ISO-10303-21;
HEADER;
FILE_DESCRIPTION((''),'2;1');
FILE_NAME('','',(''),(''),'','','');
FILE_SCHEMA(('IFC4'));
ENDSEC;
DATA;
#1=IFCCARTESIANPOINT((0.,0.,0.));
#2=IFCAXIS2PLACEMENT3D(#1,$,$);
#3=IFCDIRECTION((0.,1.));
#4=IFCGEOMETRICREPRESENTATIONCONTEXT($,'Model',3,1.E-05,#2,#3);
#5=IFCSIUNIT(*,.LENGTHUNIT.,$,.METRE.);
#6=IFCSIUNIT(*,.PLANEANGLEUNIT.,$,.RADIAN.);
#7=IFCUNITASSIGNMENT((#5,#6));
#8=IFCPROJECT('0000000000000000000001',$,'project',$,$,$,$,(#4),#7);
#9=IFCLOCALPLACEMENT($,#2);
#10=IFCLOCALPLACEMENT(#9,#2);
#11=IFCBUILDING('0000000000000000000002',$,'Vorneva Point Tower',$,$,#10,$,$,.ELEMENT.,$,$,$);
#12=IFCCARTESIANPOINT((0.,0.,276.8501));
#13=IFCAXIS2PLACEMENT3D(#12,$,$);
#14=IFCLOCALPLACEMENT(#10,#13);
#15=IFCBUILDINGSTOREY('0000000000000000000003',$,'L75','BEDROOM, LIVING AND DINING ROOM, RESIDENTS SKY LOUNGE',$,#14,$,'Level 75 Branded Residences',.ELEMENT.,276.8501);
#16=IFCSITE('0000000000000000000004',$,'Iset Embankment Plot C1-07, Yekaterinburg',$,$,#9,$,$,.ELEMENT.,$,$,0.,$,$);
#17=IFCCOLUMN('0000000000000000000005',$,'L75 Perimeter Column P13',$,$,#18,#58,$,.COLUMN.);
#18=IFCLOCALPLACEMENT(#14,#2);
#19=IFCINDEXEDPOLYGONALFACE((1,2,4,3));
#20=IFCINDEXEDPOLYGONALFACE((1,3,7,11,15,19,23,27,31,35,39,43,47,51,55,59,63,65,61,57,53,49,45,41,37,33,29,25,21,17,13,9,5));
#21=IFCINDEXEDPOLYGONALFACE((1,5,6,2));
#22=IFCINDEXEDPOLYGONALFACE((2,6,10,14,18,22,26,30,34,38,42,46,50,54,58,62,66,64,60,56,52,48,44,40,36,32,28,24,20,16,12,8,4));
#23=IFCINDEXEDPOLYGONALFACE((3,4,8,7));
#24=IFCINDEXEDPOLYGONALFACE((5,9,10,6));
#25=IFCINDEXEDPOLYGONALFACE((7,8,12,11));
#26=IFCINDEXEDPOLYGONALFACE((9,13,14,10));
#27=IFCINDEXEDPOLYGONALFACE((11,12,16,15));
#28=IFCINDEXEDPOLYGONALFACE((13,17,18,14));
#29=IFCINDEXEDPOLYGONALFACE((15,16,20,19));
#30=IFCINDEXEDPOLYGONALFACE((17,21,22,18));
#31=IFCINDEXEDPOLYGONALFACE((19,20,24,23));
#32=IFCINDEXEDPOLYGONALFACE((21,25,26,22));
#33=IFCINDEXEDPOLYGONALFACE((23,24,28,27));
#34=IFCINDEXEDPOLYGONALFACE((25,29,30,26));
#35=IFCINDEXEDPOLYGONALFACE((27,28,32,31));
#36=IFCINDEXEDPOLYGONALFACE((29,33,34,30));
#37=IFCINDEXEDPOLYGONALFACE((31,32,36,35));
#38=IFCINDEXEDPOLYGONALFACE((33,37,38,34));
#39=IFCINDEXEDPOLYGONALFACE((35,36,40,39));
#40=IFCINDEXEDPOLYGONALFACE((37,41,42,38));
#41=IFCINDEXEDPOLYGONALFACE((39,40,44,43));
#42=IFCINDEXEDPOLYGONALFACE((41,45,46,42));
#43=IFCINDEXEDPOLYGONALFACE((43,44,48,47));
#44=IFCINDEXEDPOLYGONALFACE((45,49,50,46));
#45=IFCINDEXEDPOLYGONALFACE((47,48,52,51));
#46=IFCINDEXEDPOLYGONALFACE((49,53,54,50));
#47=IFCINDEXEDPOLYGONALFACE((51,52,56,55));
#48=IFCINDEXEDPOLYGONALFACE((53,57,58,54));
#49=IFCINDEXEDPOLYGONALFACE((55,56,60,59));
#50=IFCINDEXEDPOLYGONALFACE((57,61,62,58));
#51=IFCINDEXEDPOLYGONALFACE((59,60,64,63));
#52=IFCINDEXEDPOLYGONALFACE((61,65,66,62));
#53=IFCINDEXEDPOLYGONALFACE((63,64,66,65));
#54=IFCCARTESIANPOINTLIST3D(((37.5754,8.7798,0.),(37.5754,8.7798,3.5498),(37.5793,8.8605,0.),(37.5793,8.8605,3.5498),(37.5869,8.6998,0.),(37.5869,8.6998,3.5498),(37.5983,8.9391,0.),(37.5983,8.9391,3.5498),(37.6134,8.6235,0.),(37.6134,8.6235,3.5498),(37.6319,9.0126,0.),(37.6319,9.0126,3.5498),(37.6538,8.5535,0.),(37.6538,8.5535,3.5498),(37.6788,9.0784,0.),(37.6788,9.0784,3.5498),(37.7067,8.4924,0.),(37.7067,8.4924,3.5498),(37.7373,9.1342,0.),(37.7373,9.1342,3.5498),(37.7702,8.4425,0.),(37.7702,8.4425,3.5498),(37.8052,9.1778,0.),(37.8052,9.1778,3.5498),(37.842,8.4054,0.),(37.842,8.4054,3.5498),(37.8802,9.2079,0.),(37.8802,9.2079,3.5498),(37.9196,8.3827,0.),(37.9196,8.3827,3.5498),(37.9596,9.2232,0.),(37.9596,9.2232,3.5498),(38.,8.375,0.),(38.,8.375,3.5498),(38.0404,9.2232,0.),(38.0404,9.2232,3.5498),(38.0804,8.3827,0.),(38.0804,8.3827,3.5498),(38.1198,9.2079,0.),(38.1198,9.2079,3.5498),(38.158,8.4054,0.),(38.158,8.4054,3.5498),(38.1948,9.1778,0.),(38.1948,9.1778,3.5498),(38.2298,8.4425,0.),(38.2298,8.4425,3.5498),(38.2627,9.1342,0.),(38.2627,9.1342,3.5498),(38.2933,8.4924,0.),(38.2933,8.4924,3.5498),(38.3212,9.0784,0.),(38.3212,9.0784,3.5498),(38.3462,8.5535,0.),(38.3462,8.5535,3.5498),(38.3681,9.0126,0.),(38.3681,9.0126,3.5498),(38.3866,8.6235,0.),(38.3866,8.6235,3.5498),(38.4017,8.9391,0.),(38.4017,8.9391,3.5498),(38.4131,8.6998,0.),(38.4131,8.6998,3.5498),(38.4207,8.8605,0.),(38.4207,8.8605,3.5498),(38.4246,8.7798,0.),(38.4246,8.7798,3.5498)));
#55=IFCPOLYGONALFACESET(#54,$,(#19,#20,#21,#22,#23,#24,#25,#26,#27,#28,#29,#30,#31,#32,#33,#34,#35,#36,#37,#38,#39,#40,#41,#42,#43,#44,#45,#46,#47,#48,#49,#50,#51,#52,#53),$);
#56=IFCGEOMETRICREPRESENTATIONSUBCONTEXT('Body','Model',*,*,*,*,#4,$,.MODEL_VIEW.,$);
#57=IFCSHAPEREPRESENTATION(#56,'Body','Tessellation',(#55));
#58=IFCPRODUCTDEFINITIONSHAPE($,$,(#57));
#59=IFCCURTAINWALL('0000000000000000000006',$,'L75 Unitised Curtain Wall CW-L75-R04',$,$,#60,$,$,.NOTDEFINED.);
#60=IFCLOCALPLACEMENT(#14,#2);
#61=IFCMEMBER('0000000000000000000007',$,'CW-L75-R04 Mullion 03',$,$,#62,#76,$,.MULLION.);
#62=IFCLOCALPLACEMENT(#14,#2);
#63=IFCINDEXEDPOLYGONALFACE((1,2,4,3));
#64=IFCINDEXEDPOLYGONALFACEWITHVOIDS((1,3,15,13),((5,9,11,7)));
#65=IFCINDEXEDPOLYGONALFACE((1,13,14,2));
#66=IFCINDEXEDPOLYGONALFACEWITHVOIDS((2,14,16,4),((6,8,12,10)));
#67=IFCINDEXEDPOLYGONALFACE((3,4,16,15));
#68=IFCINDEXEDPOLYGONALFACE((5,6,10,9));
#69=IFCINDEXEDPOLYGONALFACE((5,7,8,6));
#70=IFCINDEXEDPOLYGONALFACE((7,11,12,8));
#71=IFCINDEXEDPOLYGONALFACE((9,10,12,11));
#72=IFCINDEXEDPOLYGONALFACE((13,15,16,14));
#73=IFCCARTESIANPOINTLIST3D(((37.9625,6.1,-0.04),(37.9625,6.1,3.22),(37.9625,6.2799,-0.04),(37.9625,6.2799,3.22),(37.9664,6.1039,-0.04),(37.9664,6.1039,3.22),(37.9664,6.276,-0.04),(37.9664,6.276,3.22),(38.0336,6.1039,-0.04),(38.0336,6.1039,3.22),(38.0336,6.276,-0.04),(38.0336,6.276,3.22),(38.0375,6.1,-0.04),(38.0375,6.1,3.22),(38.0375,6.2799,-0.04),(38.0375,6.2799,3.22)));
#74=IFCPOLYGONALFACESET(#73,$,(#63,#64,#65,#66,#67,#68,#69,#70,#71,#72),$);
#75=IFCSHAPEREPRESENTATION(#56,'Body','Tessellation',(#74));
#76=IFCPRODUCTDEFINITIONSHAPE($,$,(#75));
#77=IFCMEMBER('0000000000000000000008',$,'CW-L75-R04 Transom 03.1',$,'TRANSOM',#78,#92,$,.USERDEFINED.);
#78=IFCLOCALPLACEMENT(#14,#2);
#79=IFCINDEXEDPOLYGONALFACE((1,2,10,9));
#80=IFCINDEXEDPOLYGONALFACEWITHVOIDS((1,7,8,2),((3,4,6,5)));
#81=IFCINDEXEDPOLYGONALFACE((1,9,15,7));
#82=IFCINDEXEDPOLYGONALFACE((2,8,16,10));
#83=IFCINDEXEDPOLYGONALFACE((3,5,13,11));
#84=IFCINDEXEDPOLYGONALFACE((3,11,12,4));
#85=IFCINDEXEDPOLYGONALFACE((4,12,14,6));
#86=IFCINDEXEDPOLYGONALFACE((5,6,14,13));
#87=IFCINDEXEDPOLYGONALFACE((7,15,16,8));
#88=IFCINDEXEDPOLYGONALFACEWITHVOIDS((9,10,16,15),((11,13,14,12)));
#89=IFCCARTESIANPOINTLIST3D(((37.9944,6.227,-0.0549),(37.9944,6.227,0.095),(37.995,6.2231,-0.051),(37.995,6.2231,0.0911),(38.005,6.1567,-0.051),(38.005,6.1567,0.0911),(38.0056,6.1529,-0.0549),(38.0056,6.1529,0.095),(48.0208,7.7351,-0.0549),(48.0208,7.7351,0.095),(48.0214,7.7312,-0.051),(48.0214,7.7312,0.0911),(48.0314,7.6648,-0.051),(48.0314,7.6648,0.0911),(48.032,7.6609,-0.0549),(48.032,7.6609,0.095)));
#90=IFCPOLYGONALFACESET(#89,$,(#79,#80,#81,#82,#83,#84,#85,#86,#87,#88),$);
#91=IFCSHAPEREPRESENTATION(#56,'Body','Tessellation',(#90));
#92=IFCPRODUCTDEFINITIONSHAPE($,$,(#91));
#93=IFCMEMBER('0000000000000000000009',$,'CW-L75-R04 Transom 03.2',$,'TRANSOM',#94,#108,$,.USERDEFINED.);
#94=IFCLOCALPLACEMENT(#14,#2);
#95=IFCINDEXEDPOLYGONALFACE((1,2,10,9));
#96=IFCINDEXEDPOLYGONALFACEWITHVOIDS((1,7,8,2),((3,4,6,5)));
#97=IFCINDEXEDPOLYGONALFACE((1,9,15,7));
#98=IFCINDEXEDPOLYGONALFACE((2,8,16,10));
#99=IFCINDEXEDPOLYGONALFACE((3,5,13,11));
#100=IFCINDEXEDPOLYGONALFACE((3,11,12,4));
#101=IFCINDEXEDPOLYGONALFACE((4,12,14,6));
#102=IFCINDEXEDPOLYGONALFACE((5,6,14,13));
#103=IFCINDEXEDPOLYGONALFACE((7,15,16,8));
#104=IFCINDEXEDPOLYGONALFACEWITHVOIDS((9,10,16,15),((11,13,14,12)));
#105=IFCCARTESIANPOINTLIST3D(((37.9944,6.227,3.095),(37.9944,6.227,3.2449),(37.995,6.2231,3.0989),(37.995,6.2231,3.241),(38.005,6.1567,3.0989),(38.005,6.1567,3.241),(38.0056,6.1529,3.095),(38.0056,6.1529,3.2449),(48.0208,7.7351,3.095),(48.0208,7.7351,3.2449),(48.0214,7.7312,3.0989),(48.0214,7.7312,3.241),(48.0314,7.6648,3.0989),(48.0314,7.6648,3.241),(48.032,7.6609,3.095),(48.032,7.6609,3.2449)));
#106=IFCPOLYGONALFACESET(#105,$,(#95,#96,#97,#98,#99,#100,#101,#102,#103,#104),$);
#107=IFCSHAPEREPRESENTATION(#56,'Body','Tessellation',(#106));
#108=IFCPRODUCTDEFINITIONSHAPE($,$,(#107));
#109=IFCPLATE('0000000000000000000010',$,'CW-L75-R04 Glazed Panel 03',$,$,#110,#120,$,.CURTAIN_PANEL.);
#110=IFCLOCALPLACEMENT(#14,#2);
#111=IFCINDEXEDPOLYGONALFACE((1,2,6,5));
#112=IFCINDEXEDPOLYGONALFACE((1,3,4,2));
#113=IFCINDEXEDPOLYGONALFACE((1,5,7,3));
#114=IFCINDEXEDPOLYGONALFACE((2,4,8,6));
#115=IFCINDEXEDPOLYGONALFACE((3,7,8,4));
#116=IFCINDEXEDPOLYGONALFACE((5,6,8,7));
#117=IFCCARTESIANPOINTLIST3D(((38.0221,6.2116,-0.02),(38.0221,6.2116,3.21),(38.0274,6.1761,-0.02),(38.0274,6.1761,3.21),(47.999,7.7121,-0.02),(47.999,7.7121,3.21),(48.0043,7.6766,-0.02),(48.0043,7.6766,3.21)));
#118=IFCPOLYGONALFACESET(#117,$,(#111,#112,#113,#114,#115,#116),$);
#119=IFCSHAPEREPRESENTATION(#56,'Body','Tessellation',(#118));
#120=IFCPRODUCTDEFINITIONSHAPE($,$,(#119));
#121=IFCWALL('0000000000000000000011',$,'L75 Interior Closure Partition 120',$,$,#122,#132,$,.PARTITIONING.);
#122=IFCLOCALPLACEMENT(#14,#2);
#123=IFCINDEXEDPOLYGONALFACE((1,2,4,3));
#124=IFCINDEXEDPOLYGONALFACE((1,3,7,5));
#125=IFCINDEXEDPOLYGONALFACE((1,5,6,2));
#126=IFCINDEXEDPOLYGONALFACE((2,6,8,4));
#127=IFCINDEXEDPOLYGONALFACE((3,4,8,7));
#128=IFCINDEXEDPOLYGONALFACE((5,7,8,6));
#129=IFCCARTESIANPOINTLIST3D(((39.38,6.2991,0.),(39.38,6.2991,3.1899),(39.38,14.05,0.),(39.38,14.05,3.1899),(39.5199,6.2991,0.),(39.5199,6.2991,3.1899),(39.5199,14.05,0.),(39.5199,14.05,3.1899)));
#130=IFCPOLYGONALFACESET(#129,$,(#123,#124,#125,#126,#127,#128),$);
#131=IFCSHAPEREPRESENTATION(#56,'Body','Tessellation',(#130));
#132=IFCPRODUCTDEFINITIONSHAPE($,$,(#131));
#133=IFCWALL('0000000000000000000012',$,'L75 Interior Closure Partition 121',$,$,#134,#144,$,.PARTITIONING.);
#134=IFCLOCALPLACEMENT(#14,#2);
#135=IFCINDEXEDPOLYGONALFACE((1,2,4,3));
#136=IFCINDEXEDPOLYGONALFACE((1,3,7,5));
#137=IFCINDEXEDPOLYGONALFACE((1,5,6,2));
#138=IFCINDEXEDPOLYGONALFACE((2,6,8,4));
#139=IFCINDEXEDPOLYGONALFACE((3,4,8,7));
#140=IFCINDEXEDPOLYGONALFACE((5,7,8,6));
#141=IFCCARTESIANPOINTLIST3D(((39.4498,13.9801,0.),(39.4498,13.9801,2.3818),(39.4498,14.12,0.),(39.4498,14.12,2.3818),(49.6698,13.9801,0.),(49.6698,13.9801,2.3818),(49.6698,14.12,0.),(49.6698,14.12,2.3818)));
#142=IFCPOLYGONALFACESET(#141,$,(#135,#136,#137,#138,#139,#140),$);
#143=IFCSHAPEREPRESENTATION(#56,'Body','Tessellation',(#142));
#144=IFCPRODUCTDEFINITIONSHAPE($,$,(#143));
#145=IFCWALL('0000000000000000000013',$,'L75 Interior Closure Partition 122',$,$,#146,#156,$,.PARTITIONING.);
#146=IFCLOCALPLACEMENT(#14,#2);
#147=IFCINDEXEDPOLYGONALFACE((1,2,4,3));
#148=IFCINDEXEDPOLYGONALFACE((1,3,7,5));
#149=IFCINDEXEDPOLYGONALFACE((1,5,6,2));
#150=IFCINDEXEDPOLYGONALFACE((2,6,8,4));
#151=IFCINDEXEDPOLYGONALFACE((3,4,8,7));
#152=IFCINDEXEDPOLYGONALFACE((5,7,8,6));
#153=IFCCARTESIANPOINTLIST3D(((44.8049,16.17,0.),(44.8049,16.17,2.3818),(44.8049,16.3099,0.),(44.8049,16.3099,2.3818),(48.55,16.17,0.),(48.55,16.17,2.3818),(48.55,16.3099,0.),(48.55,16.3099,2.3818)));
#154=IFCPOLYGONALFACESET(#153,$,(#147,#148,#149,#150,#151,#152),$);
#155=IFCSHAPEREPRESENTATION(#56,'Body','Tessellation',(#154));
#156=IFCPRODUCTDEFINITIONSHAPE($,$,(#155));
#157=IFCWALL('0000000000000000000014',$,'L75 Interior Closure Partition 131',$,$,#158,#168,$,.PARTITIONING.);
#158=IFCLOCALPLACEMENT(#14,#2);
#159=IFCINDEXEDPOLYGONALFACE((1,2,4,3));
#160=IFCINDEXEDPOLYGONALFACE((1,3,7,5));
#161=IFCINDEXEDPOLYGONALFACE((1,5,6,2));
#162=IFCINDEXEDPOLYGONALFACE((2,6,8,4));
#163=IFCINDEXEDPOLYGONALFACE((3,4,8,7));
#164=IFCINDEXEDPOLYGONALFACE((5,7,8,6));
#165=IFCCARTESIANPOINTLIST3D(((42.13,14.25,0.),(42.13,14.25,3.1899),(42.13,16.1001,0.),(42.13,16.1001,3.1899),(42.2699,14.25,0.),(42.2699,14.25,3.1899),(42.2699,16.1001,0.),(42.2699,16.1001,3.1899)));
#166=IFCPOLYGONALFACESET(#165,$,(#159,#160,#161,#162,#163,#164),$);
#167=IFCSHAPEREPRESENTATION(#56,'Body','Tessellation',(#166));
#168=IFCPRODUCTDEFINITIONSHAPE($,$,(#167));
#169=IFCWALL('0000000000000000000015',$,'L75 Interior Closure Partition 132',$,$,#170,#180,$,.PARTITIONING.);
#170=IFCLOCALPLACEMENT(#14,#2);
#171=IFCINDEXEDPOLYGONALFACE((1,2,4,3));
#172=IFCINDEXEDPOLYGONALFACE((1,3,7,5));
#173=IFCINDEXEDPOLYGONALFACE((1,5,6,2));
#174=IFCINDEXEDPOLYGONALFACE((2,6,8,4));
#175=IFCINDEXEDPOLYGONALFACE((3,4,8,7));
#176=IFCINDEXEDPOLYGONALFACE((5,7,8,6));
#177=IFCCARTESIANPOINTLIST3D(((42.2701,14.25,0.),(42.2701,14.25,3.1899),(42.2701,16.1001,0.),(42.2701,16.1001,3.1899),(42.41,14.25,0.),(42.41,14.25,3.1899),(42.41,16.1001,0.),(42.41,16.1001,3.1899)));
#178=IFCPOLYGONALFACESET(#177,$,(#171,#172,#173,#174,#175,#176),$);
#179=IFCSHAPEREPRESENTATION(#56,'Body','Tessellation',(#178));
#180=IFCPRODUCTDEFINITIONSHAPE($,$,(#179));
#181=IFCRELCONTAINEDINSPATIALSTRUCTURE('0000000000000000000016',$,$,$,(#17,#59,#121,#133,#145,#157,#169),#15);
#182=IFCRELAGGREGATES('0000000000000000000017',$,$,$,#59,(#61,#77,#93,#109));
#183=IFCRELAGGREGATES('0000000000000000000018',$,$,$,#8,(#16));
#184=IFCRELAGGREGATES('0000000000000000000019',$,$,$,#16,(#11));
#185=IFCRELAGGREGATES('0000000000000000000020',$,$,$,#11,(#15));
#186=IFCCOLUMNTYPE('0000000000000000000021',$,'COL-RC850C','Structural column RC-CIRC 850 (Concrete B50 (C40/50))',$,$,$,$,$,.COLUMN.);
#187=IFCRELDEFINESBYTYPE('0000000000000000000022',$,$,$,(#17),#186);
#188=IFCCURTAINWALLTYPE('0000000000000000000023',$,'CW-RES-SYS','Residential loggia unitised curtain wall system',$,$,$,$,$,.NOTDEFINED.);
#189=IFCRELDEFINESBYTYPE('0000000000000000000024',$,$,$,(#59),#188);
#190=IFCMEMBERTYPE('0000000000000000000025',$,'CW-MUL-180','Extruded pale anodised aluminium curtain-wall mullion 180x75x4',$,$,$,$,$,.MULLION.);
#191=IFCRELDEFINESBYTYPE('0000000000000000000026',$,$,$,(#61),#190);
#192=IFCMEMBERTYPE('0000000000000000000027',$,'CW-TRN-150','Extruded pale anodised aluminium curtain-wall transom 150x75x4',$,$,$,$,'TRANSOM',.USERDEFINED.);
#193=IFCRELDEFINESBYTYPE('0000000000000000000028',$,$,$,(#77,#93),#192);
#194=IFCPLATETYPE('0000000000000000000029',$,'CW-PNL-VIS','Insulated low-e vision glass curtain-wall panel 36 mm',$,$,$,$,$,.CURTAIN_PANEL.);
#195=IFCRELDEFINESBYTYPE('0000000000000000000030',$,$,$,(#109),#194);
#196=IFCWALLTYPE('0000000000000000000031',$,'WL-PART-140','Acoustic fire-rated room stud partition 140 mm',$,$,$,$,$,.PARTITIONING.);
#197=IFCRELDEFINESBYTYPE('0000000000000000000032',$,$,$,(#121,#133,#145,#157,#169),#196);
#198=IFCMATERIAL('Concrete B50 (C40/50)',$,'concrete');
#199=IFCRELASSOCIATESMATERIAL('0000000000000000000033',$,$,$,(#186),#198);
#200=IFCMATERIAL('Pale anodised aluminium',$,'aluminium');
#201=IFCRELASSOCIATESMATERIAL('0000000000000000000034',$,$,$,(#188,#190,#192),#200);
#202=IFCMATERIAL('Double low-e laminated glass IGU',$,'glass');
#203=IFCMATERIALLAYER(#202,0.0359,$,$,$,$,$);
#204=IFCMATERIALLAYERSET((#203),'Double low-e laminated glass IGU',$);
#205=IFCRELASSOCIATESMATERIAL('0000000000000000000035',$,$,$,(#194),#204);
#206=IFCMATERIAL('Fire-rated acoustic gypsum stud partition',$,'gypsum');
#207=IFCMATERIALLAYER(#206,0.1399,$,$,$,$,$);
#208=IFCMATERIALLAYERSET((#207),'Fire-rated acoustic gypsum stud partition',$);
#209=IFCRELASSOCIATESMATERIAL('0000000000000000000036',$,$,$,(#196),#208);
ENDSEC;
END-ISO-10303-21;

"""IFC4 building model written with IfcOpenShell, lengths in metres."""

from ifc_helpers import new_model, si_unit, direction, frame, frame_2d, origin, origin_2d, place, context, subcontext, project, spatial, rectangle, hollow_rectangle, circle, extrude, material, layer, layer_set, material_profile, profile_set, type_object, element, aggregate, save


model = new_model("IFC4")

# Units and contexts
model_context = context("Model", 3, precision=1e-05, world=origin(), true_north=direction((0.0, 1.0)))
body_context = subcontext(model_context, "Body", "Model", "MODEL_VIEW")
ifc_project = project(units=[si_unit("LENGTHUNIT", "METRE"), si_unit("PLANEANGLEUNIT", "RADIAN")], contexts=[model_context])

# Site, building, storey
site_placement = place(None, origin())
site = spatial("IfcSite", under=ifc_project, at=site_placement, Name="Iset Embankment Plot C1-07, Yekaterinburg", CompositionType="ELEMENT", RefElevation=0.0)
building_placement = place(site_placement, origin())
building = spatial("IfcBuilding", under=site, at=building_placement, Name="Vorneva Point Tower", CompositionType="ELEMENT")
storey_placement = place(building_placement, frame((0.0, 0.0, 276.8501)))
storey = spatial("IfcBuildingStorey", under=building, at=storey_placement, Name="L75", Description="BEDROOM, LIVING AND DINING ROOM, RESIDENTS SKY LOUNGE", LongName="Level 75 Branded Residences", CompositionType="ELEMENT", Elevation=276.8501)

# Column
ifc_material_1 = material(Name="Concrete B50 (C40/50)", Category="concrete")
ifc_material_profile_1 = material_profile(ifc_material_1, circle(Radius=0.425, at=origin_2d()), Name="RC-CIRC 850")
ifc_profile_set_1 = profile_set([ifc_material_profile_1], Name="Concrete B50 (C40/50)")
column_type = type_object("IfcColumnType", Name="COL-RC850C", Description="Structural column RC-CIRC 850 (Concrete B50 (C40/50))", PredefinedType="COLUMN", material=ifc_profile_set_1)
for number, where, z_axis, x_axis, name in (
    (1, (38.0, 8.8, 0.0), (0.0, 0.0, 1.0), (0.0, -1.0, 0.0), "L75 Perimeter Column P13"),
):
    element("IfcColumn", number, at=place(storey_placement, frame(where, z_axis=z_axis, x_axis=x_axis)), inside=storey, type_object=column_type, Name=name, PredefinedType="COLUMN", context=body_context, shape_type="SweptSolid", body=[
        extrude(circle(Radius=0.425, at=origin_2d()), origin(), (0.0, 0.0, 1.0), 3.5498),
    ])

# Curtain wall, members, plate
ifc_material_2 = material(Name="Pale anodised aluminium", Category="aluminium")
curtain_wall_type = type_object("IfcCurtainWallType", Name="CW-RES-SYS", Description="Residential loggia unitised curtain wall system", PredefinedType="NOTDEFINED", material=ifc_material_2)
curtain_wall_placement = place(storey_placement, origin())
curtain_wall = element("IfcCurtainWall", 2, at=curtain_wall_placement, inside=storey, type_object=curtain_wall_type, Name="L75 Unitised Curtain Wall CW-L75-R04", PredefinedType="NOTDEFINED")
ifc_material_profile_2 = material_profile(ifc_material_2, hollow_rectangle(XDim=0.075, YDim=0.1799, WallThickness=0.0039, at=origin_2d()), Name="AL-MUL 180x75x4")
ifc_profile_set_2 = profile_set([ifc_material_profile_2], Name="Pale anodised aluminium")
member_type_1 = type_object("IfcMemberType", Name="CW-MUL-180", Description="Extruded pale anodised aluminium curtain-wall mullion 180x75x4", PredefinedType="MULLION", material=ifc_profile_set_2)
member_1_placement = place(storey_placement, frame((38.0, 6.1899, -0.04), z_axis=(0.0, 0.0, 1.0), x_axis=(1.0, 0.0, 0.0)))
member_1 = element("IfcMember", 3, at=member_1_placement, type_object=member_type_1, Name="CW-L75-R04 Mullion 03", PredefinedType="MULLION", context=body_context, shape_type="SweptSolid", body=[
    extrude(hollow_rectangle(XDim=0.075, YDim=0.1799, WallThickness=0.0039, at=origin_2d()), origin(), (0.0, 0.0, 1.0), 3.26),
])
ifc_material_profile_3 = material_profile(ifc_material_2, hollow_rectangle(XDim=0.075, YDim=0.1499, WallThickness=0.0039, at=origin_2d()), Name="AL-TRN 150x75x4")
ifc_profile_set_3 = profile_set([ifc_material_profile_3], Name="Pale anodised aluminium")
member_type_2 = type_object("IfcMemberType", Name="CW-TRN-150", Description="Extruded pale anodised aluminium curtain-wall transom 150x75x4", ElementType="TRANSOM", PredefinedType="USERDEFINED", material=ifc_profile_set_3)
member_2_placement = place(storey_placement, frame((38.0, 6.1899, 0.02), z_axis=(0.988877, 0.148736, 0.0), x_axis=(-0.148736, 0.988877, 0.0)))
member_2 = element("IfcMember", 4, at=member_2_placement, type_object=member_type_2, Name="CW-L75-R04 Transom 03.1", ObjectType="TRANSOM", PredefinedType="USERDEFINED", context=body_context, shape_type="SweptSolid", body=[
    extrude(hollow_rectangle(XDim=0.075, YDim=0.1499, WallThickness=0.0039, at=origin_2d()), origin(), (0.0, 0.0, 1.0), 10.1392),
])
member_3_placement = place(storey_placement, frame((38.0, 6.1899, 3.1699), z_axis=(0.988877, 0.148736, 0.0), x_axis=(-0.148736, 0.988877, 0.0)))
member_3 = element("IfcMember", 5, at=member_3_placement, type_object=member_type_2, Name="CW-L75-R04 Transom 03.2", ObjectType="TRANSOM", PredefinedType="USERDEFINED", context=body_context, shape_type="SweptSolid", body=[
    extrude(hollow_rectangle(XDim=0.075, YDim=0.1499, WallThickness=0.0039, at=origin_2d()), origin(), (0.0, 0.0, 1.0), 10.1392),
])
ifc_material_3 = material(Name="Double low-e laminated glass IGU", Category="glass")
ifc_layer_1 = layer(ifc_material_3, 0.0359)
ifc_layer_set_1 = layer_set([ifc_layer_1], Name="Double low-e laminated glass IGU")
plate_type = type_object("IfcPlateType", Name="CW-PNL-VIS", Description="Insulated low-e vision glass curtain-wall panel 36 mm", PredefinedType="CURTAIN_PANEL", material=ifc_layer_set_1)
plate_placement = place(storey_placement, frame((43.0132, 6.9441, -0.02), z_axis=(0.0, 0.0, 1.0), x_axis=(0.988879, 0.148724, 0.0)))
plate = element("IfcPlate", 6, at=plate_placement, type_object=plate_type, Name="CW-L75-R04 Glazed Panel 03", PredefinedType="CURTAIN_PANEL", context=body_context, shape_type="SweptSolid", body=[
    extrude(rectangle(XDim=10.0891, YDim=0.0359, at=origin_2d()), origin(), (0.0, 0.0, 1.0), 3.23),
])
aggregate(curtain_wall, [member_1, member_2, member_3, plate])

# Walls
ifc_material_4 = material(Name="Fire-rated acoustic gypsum stud partition", Category="gypsum")
ifc_layer_2 = layer(ifc_material_4, 0.1399)
ifc_layer_set_2 = layer_set([ifc_layer_2], Name="Fire-rated acoustic gypsum stud partition")
wall_type_1 = type_object("IfcWallType", Name="WL-PART-140", Description="Acoustic fire-rated room stud partition 140 mm", PredefinedType="PARTITIONING", material=ifc_layer_set_2)
wall_1_placement = place(storey_placement, frame((39.45, 6.2991, 0.0), z_axis=(0.0, 0.0, 1.0), x_axis=(0.0, 1.0, 0.0)))
element("IfcWall", 7, at=wall_1_placement, inside=storey, type_object=wall_type_1, Name="L75 Interior Closure Partition 120", PredefinedType="PARTITIONING", context=body_context, shape_type="SweptSolid", body=[
    extrude(rectangle(XDim=7.751, YDim=0.1399, at=frame_2d((3.8755, 0.0))), origin(), (0.0, 0.0, 1.0), 3.1899),
])
wall_2_placement = place(storey_placement, frame((39.45, 14.05, 0.0), z_axis=(0.0, 0.0, 1.0), x_axis=(1.0, 0.0, 0.0)))
element("IfcWall", 8, at=wall_2_placement, inside=storey, type_object=wall_type_1, Name="L75 Interior Closure Partition 121", PredefinedType="PARTITIONING", context=body_context, shape_type="SweptSolid", body=[
    extrude(rectangle(XDim=10.22, YDim=0.1399, at=frame_2d((5.1099, 0.0))), origin(), (0.0, 0.0, 1.0), 2.3818),
])
wall_3_placement = place(storey_placement, frame((44.8049, 16.24, 0.0), z_axis=(0.0, 0.0, 1.0), x_axis=(1.0, 0.0, 0.0)))
element("IfcWall", 9, at=wall_3_placement, inside=storey, type_object=wall_type_1, Name="L75 Interior Closure Partition 122", PredefinedType="PARTITIONING", context=body_context, shape_type="SweptSolid", body=[
    extrude(rectangle(XDim=3.7451, YDim=0.1399, at=frame_2d((1.8726, 0.0))), origin(), (0.0, 0.0, 1.0), 2.3818),
])
for number, where, z_axis, x_axis, name in (
    (10, (42.2, 16.1001, 0.0), (0.0, 0.0, 1.0), (0.0, -1.0, 0.0), "L75 Interior Closure Partition 131"),
    (11, (42.3401, 14.25, 0.0), (0.0, 0.0, 1.0), (0.0, 1.0, 0.0), "L75 Interior Closure Partition 132"),
):
    element("IfcWall", number, at=place(storey_placement, frame(where, z_axis=z_axis, x_axis=x_axis)), inside=storey, type_object=wall_type_1, Name=name, PredefinedType="PARTITIONING", context=body_context, shape_type="SweptSolid", body=[
        extrude(rectangle(XDim=1.8501, YDim=0.1399, at=frame_2d((0.925, 0.0))), origin(), (0.0, 0.0, 1.0), 3.1899),
    ])

save(model, "model.ifc")
